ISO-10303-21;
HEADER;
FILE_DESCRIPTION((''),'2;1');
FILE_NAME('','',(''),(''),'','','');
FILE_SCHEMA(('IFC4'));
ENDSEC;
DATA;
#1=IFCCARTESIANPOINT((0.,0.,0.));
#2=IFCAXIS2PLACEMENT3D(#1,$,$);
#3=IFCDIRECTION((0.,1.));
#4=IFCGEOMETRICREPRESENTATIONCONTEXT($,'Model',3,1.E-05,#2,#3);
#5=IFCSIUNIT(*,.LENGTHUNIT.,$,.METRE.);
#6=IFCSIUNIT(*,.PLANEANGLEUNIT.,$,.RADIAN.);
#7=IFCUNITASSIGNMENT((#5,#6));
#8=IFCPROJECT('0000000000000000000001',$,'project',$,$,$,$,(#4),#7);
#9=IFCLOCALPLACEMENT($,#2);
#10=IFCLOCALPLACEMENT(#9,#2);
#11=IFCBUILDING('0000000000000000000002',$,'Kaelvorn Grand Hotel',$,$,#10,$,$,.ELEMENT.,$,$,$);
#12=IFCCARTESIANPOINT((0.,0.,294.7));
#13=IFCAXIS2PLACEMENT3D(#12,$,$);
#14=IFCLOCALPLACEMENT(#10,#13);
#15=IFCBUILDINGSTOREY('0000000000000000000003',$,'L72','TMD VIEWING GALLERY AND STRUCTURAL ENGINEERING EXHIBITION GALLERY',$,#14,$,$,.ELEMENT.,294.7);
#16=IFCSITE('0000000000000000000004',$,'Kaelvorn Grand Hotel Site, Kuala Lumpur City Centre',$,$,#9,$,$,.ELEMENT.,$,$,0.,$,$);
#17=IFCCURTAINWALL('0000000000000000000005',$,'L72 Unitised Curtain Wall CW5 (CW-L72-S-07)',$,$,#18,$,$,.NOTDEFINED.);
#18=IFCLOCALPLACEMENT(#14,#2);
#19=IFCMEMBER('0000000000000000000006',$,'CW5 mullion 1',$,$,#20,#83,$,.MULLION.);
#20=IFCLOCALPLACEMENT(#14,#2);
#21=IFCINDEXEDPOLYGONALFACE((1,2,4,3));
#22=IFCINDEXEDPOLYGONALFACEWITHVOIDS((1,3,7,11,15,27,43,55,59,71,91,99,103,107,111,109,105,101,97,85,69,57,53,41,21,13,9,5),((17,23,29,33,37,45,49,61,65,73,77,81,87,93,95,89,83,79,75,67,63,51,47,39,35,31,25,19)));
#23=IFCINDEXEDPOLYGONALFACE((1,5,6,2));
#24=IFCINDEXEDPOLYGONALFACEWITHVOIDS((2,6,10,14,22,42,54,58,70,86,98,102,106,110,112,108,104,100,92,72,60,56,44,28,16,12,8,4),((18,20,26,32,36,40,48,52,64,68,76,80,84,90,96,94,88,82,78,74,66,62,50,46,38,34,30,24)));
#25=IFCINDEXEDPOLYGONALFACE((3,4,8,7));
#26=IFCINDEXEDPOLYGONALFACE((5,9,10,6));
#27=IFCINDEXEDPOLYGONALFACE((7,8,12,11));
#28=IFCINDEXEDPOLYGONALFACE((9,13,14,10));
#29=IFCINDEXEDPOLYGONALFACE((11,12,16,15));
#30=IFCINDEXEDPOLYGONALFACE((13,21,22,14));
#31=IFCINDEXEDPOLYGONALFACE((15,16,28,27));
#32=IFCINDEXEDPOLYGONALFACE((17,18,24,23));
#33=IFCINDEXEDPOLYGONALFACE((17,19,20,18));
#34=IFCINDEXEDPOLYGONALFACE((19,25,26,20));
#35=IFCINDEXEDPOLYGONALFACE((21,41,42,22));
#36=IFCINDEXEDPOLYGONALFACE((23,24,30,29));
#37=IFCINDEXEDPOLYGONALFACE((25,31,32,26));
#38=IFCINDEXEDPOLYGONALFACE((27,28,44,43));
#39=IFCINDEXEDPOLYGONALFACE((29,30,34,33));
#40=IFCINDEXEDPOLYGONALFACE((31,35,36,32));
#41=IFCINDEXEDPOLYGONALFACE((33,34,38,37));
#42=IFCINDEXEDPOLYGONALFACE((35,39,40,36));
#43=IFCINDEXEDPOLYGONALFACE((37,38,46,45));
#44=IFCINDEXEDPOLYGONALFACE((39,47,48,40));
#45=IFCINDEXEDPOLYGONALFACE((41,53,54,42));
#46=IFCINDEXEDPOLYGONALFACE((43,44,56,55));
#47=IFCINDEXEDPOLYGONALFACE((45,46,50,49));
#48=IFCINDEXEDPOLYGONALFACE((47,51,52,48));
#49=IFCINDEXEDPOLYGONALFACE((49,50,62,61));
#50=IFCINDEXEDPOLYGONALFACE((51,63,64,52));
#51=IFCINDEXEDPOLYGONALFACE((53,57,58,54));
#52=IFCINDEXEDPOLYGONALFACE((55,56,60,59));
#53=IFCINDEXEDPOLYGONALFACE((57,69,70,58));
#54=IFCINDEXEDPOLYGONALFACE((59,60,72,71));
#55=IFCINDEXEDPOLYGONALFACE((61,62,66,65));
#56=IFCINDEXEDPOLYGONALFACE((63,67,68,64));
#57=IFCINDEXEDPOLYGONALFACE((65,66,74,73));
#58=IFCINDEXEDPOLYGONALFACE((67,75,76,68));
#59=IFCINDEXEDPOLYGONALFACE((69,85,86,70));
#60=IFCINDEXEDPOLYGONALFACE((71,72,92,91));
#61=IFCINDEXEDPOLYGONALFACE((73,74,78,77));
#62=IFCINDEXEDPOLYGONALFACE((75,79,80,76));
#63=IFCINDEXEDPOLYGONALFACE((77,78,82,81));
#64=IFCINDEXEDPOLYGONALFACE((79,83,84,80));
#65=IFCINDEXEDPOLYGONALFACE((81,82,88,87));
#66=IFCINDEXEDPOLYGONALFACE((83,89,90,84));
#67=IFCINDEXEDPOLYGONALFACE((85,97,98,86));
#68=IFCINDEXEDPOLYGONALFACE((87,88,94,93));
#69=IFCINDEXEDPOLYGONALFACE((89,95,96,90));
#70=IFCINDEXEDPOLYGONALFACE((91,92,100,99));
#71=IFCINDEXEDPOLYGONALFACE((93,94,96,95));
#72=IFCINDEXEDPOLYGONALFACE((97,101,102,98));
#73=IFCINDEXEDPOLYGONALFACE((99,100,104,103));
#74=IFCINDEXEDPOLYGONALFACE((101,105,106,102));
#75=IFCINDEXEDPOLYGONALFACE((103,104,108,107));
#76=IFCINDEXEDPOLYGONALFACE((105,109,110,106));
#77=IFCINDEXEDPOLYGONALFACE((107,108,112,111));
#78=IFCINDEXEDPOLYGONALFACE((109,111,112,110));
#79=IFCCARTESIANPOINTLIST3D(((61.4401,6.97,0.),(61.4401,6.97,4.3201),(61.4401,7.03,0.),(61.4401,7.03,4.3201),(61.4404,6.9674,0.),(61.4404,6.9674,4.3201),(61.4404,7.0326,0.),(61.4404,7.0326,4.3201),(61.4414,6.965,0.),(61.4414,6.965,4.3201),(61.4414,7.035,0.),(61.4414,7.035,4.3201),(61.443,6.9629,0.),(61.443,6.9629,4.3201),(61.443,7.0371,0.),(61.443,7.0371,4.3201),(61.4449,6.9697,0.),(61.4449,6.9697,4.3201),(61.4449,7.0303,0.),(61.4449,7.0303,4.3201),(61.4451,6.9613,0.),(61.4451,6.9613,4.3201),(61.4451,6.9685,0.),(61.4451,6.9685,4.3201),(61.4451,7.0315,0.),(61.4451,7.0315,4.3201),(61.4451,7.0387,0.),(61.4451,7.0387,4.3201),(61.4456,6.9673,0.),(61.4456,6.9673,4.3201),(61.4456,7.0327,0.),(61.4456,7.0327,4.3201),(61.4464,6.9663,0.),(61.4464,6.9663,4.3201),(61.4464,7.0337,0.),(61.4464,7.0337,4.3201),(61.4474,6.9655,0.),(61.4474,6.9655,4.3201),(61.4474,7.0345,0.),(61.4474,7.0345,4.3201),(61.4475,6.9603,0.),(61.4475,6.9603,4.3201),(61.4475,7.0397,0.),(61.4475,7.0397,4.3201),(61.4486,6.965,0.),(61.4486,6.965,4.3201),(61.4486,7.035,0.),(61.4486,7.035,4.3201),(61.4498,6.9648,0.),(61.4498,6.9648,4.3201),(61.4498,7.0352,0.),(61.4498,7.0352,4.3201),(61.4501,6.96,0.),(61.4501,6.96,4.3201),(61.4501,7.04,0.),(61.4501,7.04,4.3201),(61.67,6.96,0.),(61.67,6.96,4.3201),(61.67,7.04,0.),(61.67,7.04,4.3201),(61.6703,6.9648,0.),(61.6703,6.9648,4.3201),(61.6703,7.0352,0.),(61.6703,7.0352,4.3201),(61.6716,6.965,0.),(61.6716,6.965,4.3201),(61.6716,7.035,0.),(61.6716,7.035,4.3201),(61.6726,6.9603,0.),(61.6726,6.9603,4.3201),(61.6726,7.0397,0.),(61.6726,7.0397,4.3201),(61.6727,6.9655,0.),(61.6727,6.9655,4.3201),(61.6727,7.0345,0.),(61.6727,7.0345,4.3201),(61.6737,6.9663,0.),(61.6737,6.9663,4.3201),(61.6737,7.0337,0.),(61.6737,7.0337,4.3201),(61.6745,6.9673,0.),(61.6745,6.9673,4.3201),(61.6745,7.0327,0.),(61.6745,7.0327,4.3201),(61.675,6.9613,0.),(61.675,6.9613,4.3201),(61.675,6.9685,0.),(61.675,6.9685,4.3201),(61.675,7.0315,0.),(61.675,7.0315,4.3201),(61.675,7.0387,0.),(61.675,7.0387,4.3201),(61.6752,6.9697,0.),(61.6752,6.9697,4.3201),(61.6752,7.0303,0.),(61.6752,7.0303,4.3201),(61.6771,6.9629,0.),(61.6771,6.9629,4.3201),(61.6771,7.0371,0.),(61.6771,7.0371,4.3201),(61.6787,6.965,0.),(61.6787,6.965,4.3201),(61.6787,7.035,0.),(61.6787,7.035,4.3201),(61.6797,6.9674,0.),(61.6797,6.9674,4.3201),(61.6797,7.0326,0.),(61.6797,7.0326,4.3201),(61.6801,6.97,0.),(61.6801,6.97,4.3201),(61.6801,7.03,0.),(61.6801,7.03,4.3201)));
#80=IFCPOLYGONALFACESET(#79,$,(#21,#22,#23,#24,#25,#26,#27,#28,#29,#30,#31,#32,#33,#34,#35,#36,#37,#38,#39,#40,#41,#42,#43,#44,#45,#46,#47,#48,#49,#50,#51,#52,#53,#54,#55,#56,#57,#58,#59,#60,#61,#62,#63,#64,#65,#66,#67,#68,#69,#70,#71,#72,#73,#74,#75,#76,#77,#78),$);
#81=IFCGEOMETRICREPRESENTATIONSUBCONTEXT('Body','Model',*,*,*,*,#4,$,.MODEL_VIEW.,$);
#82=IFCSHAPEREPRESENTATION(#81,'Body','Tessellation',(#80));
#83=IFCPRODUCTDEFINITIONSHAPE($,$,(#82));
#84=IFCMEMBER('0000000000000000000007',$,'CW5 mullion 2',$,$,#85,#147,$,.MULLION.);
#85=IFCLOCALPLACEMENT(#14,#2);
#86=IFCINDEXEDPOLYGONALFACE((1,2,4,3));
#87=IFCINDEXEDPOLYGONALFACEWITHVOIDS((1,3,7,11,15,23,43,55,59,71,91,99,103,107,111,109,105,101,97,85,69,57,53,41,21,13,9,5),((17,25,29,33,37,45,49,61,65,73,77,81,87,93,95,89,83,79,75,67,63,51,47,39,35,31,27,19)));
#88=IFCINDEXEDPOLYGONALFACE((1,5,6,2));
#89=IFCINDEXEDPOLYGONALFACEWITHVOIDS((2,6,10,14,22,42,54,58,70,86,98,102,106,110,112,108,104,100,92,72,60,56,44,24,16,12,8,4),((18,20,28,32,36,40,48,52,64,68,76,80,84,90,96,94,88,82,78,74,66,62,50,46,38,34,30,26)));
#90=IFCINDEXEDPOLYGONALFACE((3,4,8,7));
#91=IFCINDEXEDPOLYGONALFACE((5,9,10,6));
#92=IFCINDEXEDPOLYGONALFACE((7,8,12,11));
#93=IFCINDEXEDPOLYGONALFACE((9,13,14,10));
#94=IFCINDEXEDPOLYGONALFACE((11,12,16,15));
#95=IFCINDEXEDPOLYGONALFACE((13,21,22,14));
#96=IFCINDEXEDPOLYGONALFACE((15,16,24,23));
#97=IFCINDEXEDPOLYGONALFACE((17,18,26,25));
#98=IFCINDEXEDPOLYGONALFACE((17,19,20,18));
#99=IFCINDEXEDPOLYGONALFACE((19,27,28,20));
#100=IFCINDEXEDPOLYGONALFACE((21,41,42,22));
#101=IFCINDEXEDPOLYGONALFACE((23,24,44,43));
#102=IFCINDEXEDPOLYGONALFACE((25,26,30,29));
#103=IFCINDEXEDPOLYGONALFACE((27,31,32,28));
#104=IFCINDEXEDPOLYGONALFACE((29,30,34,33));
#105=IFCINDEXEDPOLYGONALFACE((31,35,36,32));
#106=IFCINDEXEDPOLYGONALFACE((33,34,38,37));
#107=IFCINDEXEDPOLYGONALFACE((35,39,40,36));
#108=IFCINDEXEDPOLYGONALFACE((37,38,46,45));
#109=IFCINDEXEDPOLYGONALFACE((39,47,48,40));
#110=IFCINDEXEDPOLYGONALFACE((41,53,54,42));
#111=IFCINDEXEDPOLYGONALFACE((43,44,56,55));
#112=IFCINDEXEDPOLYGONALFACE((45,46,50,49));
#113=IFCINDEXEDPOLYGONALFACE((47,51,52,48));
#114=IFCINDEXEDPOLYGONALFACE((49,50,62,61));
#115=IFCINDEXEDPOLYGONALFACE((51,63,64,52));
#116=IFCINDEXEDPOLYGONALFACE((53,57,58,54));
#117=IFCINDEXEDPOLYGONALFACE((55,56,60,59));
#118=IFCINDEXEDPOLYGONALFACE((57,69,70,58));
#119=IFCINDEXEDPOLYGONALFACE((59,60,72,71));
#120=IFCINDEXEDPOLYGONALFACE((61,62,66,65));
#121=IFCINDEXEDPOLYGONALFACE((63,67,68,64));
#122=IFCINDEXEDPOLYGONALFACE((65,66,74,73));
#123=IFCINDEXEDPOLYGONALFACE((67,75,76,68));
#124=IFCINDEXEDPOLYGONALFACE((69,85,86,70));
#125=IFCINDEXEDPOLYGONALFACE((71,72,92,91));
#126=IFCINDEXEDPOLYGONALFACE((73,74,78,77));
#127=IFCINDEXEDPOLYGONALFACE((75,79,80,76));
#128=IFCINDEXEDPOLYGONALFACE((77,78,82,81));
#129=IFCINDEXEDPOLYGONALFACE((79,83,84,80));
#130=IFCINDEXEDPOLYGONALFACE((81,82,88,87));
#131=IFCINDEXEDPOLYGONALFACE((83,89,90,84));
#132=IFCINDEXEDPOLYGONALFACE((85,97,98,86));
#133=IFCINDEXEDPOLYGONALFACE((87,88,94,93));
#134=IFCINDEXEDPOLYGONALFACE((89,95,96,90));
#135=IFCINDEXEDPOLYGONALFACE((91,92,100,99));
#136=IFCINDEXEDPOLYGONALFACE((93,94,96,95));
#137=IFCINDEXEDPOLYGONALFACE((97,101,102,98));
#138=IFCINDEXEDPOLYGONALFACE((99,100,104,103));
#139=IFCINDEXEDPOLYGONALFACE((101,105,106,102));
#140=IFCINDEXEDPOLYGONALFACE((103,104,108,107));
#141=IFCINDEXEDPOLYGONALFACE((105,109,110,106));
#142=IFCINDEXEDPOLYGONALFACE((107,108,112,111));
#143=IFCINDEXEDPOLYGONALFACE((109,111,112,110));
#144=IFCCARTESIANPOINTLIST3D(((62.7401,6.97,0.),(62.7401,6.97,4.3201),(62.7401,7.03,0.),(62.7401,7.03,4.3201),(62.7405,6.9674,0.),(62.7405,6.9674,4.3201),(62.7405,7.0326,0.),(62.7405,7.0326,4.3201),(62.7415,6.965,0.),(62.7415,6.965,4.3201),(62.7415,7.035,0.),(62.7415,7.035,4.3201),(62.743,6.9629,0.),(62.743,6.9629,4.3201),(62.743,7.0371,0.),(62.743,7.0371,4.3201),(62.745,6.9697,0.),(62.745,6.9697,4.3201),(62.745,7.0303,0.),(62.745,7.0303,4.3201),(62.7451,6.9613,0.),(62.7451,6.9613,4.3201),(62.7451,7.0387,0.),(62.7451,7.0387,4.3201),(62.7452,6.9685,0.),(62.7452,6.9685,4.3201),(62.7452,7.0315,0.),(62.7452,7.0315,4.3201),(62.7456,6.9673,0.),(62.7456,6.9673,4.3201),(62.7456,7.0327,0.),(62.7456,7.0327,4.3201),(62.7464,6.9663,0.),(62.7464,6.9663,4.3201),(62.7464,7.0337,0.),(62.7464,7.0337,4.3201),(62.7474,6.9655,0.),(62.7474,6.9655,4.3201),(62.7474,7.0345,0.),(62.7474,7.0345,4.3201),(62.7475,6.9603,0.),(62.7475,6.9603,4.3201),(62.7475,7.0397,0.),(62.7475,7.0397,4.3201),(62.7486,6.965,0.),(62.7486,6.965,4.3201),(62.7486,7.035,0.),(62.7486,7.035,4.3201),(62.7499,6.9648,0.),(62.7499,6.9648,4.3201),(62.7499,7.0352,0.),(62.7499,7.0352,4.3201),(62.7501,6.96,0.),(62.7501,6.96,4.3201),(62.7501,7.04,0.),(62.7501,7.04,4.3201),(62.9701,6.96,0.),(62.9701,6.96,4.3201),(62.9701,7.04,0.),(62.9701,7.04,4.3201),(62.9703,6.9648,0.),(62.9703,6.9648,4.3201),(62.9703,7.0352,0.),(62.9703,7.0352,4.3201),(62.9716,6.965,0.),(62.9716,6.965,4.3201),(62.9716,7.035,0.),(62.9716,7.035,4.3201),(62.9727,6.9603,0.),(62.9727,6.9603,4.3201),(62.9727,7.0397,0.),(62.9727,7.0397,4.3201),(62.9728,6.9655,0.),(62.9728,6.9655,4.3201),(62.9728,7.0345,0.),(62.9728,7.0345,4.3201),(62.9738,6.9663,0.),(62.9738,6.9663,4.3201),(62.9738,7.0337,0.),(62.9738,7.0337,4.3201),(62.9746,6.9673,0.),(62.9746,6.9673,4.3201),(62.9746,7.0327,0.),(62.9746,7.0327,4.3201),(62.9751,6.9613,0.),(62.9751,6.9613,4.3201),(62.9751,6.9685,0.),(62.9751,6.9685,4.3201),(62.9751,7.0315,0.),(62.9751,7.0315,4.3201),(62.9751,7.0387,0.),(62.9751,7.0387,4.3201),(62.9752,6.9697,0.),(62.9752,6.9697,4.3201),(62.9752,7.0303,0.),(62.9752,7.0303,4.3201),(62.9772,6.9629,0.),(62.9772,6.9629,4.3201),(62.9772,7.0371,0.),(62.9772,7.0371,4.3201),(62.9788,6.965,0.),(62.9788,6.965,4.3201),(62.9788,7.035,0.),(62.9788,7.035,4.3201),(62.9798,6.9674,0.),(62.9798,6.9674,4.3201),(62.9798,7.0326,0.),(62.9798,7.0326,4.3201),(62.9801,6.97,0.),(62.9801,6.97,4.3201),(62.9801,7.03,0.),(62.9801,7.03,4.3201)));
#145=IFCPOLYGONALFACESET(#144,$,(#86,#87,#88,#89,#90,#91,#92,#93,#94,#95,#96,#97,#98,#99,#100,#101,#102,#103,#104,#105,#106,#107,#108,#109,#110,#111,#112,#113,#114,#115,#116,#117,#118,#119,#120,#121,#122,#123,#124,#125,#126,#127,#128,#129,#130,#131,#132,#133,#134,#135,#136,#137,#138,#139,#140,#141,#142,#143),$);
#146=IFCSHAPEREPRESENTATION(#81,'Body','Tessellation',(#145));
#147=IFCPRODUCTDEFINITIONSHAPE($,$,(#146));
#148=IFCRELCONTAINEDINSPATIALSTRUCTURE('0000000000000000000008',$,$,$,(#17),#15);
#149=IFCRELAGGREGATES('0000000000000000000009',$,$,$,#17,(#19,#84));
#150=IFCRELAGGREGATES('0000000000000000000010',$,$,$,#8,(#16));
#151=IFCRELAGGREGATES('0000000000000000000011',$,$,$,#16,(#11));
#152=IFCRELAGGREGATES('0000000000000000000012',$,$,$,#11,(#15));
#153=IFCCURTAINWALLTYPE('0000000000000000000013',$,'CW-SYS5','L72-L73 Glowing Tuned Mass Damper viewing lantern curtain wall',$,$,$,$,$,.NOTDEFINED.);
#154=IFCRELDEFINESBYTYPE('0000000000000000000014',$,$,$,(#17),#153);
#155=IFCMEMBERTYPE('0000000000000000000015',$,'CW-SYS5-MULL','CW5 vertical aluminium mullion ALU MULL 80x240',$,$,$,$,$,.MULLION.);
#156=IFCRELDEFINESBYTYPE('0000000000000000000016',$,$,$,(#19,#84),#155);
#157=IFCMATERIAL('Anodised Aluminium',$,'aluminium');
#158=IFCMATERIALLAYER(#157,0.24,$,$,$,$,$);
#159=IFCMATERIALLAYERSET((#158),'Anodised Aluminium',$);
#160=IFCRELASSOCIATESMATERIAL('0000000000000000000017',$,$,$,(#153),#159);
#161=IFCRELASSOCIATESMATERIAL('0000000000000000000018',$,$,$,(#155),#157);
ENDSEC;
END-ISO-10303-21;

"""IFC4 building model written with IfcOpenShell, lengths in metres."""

from ifc_helpers import new_model, si_unit, direction, frame, origin, origin_2d, place, context, subcontext, project, spatial, hollow_rectangle, extrude, material, layer, layer_set, material_profile, profile_set, type_object, element, aggregate, save


model = new_model("IFC4")

# Units and contexts
model_context = context("Model", 3, precision=1e-05, world=origin(), true_north=direction((0.0, 1.0)))
body_context = subcontext(model_context, "Body", "Model", "MODEL_VIEW")
ifc_project = project(units=[si_unit("LENGTHUNIT", "METRE"), si_unit("PLANEANGLEUNIT", "RADIAN")], contexts=[model_context])

# Site, building, storey
site_placement = place(None, origin())
site = spatial("IfcSite", under=ifc_project, at=site_placement, Name="Kaelvorn Grand Hotel Site, Kuala Lumpur City Centre", CompositionType="ELEMENT", RefElevation=0.0)
building_placement = place(site_placement, origin())
building = spatial("IfcBuilding", under=site, at=building_placement, Name="Kaelvorn Grand Hotel", CompositionType="ELEMENT")
storey_placement = place(building_placement, frame((0.0, 0.0, 294.7)))
storey = spatial("IfcBuildingStorey", under=building, at=storey_placement, Name="L72", Description="TMD VIEWING GALLERY AND STRUCTURAL ENGINEERING EXHIBITION GALLERY", CompositionType="ELEMENT", Elevation=294.7)

# Curtain wall, members
ifc_material_1 = material(Name="Anodised Aluminium", Category="aluminium")
ifc_layer_1 = layer(ifc_material_1, 0.24)
ifc_layer_set_1 = layer_set([ifc_layer_1], Name="Anodised Aluminium")
curtain_wall_type = type_object("IfcCurtainWallType", Name="CW-SYS5", Description="L72-L73 Glowing Tuned Mass Damper viewing lantern curtain wall", PredefinedType="NOTDEFINED", material=ifc_layer_set_1)
ifc_material_profile_1 = material_profile(ifc_material_1, hollow_rectangle(XDim=0.0801, YDim=0.24, WallThickness=0.0049, InnerFilletRadius=0.0049, OuterFilletRadius=0.01, at=origin_2d()), Name="ALU MULL 80x240")
ifc_profile_set_1 = profile_set([ifc_material_profile_1], Name="Anodised Aluminium")
member_type_1 = type_object("IfcMemberType", Name="CW-SYS5-MULL", Description="CW5 vertical aluminium mullion ALU MULL 80x240", PredefinedType="MULLION", material=ifc_profile_set_1)
curtain_wall_1_placement = place(storey_placement, origin())
curtain_wall_1 = element("IfcCurtainWall", 1, at=curtain_wall_1_placement, inside=storey, type_object=curtain_wall_type, Name="L72 Unitised Curtain Wall CW5 (CW-L72-S-07)", PredefinedType="NOTDEFINED")
member_1_placement = place(storey_placement, frame((61.5601, 7.0, 0.0), z_axis=(0.0, 0.0, 1.0), x_axis=(0.0, 1.0, 0.0)))
member_1 = element("IfcMember", 2, at=member_1_placement, type_object=member_type_1, Name="CW5 mullion 1", PredefinedType="MULLION", context=body_context, shape_type="SweptSolid", body=[
    extrude(hollow_rectangle(XDim=0.0801, YDim=0.24, WallThickness=0.0049, InnerFilletRadius=0.0049, OuterFilletRadius=0.01, at=origin_2d()), origin(), (0.0, 0.0, 1.0), 4.3201),
])
member_2_placement = place(storey_placement, frame((62.8601, 7.0, 0.0), z_axis=(0.0, 0.0, 1.0), x_axis=(0.0, 1.0, 0.0)))
member_2 = element("IfcMember", 3, at=member_2_placement, type_object=member_type_1, Name="CW5 mullion 2", PredefinedType="MULLION", context=body_context, shape_type="SweptSolid", body=[
    extrude(hollow_rectangle(XDim=0.0801, YDim=0.24, WallThickness=0.0049, InnerFilletRadius=0.0049, OuterFilletRadius=0.01, at=origin_2d()), origin(), (0.0, 0.0, 1.0), 4.3201),
])

aggregate(curtain_wall_1, [member_1, member_2])

save(model, "model.ifc")
